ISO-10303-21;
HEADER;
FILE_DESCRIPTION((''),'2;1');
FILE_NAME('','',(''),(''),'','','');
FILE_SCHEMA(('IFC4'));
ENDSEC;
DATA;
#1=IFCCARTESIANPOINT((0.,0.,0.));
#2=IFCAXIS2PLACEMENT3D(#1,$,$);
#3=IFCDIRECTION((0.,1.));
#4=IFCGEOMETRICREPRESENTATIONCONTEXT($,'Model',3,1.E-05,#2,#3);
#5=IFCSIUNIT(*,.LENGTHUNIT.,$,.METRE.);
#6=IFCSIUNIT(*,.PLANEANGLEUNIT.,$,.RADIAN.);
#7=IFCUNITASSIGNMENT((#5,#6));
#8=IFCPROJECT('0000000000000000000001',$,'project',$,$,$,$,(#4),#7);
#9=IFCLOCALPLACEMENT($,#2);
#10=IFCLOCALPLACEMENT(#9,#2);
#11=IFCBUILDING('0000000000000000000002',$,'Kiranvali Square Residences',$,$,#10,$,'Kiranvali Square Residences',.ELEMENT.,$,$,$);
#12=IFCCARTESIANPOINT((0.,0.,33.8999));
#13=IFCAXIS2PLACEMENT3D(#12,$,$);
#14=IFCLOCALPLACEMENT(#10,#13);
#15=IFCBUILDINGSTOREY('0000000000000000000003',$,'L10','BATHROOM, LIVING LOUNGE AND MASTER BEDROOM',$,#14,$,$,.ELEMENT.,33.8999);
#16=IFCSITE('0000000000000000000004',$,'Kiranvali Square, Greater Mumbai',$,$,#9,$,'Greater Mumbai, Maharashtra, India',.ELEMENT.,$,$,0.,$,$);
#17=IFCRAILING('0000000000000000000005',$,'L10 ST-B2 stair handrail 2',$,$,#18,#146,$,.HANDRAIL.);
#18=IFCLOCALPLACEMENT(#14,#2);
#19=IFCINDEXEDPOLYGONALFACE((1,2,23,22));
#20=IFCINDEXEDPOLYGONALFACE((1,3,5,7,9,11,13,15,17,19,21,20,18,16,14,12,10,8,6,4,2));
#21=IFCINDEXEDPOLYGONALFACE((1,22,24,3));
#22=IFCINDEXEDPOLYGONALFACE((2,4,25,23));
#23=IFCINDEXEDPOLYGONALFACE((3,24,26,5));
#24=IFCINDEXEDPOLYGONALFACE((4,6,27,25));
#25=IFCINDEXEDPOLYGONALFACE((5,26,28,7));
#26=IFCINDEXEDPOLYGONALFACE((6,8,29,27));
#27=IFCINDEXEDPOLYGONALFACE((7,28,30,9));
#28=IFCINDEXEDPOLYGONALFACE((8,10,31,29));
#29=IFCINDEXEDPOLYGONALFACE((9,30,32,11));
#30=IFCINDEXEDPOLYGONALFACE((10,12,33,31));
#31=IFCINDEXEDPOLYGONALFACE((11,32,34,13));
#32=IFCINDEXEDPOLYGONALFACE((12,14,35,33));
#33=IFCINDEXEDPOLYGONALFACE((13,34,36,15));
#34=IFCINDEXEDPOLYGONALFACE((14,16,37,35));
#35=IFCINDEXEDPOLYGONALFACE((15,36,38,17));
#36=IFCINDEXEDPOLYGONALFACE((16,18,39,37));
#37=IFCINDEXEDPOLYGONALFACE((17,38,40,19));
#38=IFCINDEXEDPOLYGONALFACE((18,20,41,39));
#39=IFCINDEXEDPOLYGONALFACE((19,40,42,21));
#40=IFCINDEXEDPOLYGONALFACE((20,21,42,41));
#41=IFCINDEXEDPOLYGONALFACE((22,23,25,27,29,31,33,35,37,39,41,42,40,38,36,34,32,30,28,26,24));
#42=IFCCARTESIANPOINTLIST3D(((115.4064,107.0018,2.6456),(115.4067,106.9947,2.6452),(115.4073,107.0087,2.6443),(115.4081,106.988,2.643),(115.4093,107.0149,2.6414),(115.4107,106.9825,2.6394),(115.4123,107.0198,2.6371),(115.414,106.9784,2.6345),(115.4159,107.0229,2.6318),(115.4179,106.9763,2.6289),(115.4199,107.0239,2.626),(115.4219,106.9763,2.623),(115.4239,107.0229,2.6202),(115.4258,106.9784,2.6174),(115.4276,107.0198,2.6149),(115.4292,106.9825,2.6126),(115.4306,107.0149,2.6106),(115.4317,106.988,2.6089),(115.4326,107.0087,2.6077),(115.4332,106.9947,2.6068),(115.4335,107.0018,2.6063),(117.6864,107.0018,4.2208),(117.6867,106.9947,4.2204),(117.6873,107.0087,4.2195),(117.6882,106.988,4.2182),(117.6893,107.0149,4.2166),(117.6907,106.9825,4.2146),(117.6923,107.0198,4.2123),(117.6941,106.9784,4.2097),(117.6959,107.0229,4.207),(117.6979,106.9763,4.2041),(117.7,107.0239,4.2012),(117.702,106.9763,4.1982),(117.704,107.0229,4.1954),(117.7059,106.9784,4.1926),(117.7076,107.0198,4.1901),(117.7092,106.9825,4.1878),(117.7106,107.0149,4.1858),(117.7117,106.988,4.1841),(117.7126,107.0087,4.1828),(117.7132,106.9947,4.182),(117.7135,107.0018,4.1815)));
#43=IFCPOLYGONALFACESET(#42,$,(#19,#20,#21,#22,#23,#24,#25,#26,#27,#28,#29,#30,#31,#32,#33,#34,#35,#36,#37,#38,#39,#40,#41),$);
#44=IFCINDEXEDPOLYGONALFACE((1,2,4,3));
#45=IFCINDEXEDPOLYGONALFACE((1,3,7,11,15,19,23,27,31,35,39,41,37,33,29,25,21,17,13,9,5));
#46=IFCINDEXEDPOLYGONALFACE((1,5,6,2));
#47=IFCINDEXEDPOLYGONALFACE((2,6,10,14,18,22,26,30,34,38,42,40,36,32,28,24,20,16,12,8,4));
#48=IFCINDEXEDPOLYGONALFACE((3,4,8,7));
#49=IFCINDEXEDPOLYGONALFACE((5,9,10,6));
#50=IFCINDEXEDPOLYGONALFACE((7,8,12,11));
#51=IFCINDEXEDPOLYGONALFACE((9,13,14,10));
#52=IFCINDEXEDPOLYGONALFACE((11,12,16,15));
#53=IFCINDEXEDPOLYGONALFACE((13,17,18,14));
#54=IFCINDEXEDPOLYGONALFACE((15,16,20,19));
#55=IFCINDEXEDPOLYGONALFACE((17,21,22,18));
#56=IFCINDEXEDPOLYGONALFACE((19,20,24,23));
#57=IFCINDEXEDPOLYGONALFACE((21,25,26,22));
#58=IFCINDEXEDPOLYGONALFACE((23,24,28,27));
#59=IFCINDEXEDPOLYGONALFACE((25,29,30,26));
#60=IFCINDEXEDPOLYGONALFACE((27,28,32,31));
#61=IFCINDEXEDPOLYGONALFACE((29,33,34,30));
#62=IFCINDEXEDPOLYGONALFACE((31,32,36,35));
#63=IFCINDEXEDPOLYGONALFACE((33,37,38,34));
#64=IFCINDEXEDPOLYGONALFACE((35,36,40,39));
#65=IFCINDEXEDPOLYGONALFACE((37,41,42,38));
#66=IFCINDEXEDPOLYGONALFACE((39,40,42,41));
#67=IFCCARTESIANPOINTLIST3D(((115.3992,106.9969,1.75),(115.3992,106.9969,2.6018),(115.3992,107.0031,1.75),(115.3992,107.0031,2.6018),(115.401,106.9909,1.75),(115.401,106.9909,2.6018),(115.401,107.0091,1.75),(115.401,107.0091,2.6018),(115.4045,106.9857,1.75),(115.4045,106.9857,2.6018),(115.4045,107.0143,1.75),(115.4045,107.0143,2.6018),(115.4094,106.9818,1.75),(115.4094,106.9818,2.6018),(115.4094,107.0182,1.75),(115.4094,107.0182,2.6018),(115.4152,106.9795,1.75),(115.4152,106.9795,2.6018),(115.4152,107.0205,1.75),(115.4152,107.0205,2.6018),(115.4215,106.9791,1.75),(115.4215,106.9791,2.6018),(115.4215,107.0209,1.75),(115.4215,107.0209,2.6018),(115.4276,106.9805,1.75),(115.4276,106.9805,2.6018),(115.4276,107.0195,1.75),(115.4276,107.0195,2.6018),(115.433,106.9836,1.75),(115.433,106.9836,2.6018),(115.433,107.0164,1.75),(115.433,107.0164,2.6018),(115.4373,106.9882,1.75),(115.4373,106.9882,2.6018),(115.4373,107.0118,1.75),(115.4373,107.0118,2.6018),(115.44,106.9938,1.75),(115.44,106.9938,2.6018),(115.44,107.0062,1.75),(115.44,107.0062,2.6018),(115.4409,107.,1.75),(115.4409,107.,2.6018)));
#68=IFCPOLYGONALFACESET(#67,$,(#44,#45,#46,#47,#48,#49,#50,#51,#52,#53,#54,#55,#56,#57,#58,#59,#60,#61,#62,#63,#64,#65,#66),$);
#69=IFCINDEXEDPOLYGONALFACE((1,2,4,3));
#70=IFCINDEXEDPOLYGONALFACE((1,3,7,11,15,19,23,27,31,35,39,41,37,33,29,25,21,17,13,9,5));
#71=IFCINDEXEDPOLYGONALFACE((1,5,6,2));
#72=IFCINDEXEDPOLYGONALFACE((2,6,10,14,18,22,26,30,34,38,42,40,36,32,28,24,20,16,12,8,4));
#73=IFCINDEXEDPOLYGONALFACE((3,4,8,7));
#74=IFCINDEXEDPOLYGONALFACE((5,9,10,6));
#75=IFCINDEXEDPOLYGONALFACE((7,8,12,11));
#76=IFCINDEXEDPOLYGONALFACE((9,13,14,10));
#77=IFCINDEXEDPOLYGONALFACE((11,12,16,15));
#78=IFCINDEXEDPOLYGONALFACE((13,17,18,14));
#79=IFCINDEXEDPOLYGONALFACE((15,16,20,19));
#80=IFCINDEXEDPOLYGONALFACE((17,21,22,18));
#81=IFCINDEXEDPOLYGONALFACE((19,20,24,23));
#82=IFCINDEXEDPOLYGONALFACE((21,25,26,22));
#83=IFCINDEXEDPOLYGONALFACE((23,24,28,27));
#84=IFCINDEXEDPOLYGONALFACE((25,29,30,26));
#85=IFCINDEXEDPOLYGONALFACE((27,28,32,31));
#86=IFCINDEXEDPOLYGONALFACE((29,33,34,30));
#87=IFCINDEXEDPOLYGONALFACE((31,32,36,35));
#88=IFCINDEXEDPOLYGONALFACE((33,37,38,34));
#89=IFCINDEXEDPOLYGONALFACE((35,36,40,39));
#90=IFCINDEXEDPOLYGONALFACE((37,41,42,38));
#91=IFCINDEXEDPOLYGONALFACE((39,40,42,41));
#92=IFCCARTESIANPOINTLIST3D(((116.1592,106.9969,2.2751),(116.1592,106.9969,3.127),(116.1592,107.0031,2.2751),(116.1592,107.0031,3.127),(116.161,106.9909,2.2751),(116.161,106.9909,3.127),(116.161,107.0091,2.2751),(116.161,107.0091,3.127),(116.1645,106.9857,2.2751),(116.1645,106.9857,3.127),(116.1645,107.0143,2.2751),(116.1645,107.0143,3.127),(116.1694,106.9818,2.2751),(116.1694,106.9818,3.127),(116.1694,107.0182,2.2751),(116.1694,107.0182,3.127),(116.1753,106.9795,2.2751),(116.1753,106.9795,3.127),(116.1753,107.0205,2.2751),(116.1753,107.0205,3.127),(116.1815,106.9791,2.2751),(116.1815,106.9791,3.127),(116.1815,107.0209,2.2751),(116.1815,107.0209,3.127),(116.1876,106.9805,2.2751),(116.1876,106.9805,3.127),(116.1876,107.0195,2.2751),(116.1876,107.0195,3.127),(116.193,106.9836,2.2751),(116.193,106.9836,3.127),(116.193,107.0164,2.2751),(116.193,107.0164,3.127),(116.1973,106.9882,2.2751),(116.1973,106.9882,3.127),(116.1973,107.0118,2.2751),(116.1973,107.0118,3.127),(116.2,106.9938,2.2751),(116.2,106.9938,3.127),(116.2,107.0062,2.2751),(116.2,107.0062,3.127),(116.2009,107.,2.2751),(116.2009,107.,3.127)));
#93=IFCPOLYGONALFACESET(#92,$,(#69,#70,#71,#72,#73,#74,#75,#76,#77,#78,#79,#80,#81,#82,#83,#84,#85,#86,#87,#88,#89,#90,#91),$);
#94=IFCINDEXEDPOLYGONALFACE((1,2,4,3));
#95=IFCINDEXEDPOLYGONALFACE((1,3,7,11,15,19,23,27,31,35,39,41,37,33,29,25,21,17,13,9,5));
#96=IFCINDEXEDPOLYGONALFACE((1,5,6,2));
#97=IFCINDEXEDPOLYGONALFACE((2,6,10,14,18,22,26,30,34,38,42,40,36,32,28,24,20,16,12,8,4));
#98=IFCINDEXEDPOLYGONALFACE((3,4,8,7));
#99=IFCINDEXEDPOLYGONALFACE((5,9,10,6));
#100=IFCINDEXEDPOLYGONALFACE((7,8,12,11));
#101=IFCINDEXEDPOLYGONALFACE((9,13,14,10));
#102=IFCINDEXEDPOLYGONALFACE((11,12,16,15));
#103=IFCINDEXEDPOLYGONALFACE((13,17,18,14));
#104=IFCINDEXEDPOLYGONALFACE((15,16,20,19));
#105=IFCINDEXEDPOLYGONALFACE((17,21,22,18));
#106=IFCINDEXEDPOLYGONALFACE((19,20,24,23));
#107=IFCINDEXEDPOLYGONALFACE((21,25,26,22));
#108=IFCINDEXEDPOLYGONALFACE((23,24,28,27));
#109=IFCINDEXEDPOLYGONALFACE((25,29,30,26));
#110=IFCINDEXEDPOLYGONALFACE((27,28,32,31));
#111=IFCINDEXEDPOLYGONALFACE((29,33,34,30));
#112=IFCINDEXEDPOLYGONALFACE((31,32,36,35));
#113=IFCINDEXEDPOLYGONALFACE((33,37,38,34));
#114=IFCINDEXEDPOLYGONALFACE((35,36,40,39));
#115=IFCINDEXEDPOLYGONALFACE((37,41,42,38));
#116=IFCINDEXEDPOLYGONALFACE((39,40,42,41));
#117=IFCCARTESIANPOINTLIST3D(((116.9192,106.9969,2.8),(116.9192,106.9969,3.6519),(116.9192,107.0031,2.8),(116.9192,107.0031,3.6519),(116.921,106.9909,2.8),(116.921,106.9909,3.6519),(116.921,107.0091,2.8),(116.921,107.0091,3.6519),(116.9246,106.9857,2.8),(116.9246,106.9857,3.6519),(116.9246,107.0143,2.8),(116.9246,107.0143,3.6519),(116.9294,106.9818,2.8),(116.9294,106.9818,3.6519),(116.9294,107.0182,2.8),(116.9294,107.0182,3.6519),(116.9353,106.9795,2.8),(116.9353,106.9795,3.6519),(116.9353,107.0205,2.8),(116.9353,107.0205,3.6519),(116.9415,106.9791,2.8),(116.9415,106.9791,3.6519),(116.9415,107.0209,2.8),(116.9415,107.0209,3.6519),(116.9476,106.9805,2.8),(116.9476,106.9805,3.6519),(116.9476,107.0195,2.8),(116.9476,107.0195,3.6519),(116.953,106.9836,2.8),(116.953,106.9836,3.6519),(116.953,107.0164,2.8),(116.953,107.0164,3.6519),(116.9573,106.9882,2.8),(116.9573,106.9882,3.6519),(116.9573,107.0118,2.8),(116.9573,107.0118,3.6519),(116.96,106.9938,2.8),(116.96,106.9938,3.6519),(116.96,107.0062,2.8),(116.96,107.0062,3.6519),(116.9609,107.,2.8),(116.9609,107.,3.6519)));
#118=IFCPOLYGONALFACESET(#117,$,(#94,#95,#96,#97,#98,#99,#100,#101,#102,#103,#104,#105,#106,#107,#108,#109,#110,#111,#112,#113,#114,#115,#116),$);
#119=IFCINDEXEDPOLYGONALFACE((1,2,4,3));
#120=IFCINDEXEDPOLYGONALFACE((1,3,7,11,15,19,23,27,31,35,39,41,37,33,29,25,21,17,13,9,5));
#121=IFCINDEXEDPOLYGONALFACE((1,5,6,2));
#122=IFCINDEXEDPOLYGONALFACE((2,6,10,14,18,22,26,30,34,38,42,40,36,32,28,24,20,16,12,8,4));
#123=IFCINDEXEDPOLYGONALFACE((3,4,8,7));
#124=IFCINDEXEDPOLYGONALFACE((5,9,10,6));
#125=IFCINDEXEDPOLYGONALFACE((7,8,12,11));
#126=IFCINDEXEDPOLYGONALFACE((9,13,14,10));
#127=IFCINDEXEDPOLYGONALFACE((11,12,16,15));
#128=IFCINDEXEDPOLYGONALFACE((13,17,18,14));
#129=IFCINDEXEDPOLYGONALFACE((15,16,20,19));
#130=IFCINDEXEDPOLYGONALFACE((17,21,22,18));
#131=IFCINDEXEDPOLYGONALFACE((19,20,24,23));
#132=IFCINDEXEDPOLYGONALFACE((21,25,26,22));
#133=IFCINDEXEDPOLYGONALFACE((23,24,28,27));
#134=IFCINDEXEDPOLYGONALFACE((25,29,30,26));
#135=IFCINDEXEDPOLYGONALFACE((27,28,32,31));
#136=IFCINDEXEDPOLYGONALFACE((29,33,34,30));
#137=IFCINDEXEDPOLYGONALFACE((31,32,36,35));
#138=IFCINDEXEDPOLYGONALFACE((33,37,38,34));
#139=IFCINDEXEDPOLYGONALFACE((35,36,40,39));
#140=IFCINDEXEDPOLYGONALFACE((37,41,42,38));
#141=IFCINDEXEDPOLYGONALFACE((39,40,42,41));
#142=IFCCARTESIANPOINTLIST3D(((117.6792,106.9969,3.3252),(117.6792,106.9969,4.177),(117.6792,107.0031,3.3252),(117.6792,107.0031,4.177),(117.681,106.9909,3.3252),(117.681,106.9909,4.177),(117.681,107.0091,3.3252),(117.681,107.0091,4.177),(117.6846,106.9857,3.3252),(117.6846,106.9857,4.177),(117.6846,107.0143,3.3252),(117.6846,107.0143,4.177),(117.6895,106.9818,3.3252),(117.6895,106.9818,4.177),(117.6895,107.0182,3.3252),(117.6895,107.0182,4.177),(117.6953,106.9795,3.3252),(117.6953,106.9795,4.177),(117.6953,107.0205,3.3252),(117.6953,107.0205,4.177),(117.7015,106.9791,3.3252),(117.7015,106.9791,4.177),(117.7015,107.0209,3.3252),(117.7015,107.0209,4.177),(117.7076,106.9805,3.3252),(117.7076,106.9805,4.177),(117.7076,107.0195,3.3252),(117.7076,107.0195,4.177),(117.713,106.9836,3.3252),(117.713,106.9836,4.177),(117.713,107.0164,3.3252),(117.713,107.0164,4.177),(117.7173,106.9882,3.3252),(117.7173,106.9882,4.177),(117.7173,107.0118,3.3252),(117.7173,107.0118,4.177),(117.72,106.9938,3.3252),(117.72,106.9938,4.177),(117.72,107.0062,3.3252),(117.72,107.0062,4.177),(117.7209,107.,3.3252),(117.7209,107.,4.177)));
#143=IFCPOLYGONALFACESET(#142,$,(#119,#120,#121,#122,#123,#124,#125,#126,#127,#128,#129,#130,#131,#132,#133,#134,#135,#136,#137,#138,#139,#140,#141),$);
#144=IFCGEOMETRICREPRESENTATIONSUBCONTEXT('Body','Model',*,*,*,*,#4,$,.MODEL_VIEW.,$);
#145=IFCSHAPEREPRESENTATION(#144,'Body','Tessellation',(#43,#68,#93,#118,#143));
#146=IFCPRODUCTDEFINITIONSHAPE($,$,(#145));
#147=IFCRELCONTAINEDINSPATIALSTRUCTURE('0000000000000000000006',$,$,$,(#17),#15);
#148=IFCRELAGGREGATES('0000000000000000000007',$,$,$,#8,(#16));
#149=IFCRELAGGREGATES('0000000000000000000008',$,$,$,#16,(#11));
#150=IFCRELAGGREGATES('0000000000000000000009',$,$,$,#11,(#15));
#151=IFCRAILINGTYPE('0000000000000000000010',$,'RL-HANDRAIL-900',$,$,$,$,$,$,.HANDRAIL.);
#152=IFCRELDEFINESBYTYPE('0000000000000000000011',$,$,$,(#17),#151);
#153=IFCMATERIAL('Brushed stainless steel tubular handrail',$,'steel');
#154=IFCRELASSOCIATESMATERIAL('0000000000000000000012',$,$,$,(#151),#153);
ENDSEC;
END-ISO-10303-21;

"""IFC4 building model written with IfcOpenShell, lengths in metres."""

from ifc_helpers import new_model, si_unit, direction, frame, origin, origin_2d, place, context, subcontext, project, spatial, circle, extrude, material, type_object, element, save


model = new_model("IFC4")

# Units and contexts
model_context = context("Model", 3, precision=1e-05, world=origin(), true_north=direction((0.0, 1.0)))
body_context = subcontext(model_context, "Body", "Model", "MODEL_VIEW")
ifc_project = project(units=[si_unit("LENGTHUNIT", "METRE"), si_unit("PLANEANGLEUNIT", "RADIAN")], contexts=[model_context])

# Site, building, storey
site_placement = place(None, origin())
site = spatial("IfcSite", under=ifc_project, at=site_placement, Name="Kiranvali Square, Greater Mumbai", LongName="Greater Mumbai, Maharashtra, India", CompositionType="ELEMENT", RefElevation=0.0)
building_placement = place(site_placement, origin())
building = spatial("IfcBuilding", under=site, at=building_placement, Name="Kiranvali Square Residences", LongName="Kiranvali Square Residences", CompositionType="ELEMENT")
storey_placement = place(building_placement, frame((0.0, 0.0, 33.8999)))
storey = spatial("IfcBuildingStorey", under=building, at=storey_placement, Name="L10", Description="BATHROOM, LIVING LOUNGE AND MASTER BEDROOM", CompositionType="ELEMENT", Elevation=33.8999)

# Railing
ifc_material_1 = material(Name="Brushed stainless steel tubular handrail", Category="steel")
railing_type_1 = type_object("IfcRailingType", Name="RL-HANDRAIL-900", PredefinedType="HANDRAIL", material=ifc_material_1)
railing_1_placement = place(storey_placement, frame((115.4199, 107.0, 1.75)))
element("IfcRailing", 1, at=railing_1_placement, inside=storey, type_object=railing_type_1, Name="L10 ST-B2 stair handrail 2", PredefinedType="HANDRAIL", context=body_context, shape_type="SweptSolid", body=[
    extrude(circle(Radius=0.0239, at=origin_2d()), frame((0.0, 0.0, 0.876), z_axis=(0.822747, 0.0, 0.568408), x_axis=(0.0, 1.0, 0.0)), (0.0, 0.0, 1.0), 2.7712),
    extrude(circle(Radius=0.021, at=origin_2d()), origin(), (0.0, 0.0, 1.0), 0.8518),
    extrude(circle(Radius=0.021, at=origin_2d()), frame((0.76, 0.0, 0.5251)), (0.0, 0.0, 1.0), 0.8518),
    extrude(circle(Radius=0.021, at=origin_2d()), frame((1.52, 0.0, 1.05)), (0.0, 0.0, 1.0), 0.8518),
    extrude(circle(Radius=0.021, at=origin_2d()), frame((2.28, 0.0, 1.5752)), (0.0, 0.0, 1.0), 0.8518),
])

save(model, "model.ifc")
